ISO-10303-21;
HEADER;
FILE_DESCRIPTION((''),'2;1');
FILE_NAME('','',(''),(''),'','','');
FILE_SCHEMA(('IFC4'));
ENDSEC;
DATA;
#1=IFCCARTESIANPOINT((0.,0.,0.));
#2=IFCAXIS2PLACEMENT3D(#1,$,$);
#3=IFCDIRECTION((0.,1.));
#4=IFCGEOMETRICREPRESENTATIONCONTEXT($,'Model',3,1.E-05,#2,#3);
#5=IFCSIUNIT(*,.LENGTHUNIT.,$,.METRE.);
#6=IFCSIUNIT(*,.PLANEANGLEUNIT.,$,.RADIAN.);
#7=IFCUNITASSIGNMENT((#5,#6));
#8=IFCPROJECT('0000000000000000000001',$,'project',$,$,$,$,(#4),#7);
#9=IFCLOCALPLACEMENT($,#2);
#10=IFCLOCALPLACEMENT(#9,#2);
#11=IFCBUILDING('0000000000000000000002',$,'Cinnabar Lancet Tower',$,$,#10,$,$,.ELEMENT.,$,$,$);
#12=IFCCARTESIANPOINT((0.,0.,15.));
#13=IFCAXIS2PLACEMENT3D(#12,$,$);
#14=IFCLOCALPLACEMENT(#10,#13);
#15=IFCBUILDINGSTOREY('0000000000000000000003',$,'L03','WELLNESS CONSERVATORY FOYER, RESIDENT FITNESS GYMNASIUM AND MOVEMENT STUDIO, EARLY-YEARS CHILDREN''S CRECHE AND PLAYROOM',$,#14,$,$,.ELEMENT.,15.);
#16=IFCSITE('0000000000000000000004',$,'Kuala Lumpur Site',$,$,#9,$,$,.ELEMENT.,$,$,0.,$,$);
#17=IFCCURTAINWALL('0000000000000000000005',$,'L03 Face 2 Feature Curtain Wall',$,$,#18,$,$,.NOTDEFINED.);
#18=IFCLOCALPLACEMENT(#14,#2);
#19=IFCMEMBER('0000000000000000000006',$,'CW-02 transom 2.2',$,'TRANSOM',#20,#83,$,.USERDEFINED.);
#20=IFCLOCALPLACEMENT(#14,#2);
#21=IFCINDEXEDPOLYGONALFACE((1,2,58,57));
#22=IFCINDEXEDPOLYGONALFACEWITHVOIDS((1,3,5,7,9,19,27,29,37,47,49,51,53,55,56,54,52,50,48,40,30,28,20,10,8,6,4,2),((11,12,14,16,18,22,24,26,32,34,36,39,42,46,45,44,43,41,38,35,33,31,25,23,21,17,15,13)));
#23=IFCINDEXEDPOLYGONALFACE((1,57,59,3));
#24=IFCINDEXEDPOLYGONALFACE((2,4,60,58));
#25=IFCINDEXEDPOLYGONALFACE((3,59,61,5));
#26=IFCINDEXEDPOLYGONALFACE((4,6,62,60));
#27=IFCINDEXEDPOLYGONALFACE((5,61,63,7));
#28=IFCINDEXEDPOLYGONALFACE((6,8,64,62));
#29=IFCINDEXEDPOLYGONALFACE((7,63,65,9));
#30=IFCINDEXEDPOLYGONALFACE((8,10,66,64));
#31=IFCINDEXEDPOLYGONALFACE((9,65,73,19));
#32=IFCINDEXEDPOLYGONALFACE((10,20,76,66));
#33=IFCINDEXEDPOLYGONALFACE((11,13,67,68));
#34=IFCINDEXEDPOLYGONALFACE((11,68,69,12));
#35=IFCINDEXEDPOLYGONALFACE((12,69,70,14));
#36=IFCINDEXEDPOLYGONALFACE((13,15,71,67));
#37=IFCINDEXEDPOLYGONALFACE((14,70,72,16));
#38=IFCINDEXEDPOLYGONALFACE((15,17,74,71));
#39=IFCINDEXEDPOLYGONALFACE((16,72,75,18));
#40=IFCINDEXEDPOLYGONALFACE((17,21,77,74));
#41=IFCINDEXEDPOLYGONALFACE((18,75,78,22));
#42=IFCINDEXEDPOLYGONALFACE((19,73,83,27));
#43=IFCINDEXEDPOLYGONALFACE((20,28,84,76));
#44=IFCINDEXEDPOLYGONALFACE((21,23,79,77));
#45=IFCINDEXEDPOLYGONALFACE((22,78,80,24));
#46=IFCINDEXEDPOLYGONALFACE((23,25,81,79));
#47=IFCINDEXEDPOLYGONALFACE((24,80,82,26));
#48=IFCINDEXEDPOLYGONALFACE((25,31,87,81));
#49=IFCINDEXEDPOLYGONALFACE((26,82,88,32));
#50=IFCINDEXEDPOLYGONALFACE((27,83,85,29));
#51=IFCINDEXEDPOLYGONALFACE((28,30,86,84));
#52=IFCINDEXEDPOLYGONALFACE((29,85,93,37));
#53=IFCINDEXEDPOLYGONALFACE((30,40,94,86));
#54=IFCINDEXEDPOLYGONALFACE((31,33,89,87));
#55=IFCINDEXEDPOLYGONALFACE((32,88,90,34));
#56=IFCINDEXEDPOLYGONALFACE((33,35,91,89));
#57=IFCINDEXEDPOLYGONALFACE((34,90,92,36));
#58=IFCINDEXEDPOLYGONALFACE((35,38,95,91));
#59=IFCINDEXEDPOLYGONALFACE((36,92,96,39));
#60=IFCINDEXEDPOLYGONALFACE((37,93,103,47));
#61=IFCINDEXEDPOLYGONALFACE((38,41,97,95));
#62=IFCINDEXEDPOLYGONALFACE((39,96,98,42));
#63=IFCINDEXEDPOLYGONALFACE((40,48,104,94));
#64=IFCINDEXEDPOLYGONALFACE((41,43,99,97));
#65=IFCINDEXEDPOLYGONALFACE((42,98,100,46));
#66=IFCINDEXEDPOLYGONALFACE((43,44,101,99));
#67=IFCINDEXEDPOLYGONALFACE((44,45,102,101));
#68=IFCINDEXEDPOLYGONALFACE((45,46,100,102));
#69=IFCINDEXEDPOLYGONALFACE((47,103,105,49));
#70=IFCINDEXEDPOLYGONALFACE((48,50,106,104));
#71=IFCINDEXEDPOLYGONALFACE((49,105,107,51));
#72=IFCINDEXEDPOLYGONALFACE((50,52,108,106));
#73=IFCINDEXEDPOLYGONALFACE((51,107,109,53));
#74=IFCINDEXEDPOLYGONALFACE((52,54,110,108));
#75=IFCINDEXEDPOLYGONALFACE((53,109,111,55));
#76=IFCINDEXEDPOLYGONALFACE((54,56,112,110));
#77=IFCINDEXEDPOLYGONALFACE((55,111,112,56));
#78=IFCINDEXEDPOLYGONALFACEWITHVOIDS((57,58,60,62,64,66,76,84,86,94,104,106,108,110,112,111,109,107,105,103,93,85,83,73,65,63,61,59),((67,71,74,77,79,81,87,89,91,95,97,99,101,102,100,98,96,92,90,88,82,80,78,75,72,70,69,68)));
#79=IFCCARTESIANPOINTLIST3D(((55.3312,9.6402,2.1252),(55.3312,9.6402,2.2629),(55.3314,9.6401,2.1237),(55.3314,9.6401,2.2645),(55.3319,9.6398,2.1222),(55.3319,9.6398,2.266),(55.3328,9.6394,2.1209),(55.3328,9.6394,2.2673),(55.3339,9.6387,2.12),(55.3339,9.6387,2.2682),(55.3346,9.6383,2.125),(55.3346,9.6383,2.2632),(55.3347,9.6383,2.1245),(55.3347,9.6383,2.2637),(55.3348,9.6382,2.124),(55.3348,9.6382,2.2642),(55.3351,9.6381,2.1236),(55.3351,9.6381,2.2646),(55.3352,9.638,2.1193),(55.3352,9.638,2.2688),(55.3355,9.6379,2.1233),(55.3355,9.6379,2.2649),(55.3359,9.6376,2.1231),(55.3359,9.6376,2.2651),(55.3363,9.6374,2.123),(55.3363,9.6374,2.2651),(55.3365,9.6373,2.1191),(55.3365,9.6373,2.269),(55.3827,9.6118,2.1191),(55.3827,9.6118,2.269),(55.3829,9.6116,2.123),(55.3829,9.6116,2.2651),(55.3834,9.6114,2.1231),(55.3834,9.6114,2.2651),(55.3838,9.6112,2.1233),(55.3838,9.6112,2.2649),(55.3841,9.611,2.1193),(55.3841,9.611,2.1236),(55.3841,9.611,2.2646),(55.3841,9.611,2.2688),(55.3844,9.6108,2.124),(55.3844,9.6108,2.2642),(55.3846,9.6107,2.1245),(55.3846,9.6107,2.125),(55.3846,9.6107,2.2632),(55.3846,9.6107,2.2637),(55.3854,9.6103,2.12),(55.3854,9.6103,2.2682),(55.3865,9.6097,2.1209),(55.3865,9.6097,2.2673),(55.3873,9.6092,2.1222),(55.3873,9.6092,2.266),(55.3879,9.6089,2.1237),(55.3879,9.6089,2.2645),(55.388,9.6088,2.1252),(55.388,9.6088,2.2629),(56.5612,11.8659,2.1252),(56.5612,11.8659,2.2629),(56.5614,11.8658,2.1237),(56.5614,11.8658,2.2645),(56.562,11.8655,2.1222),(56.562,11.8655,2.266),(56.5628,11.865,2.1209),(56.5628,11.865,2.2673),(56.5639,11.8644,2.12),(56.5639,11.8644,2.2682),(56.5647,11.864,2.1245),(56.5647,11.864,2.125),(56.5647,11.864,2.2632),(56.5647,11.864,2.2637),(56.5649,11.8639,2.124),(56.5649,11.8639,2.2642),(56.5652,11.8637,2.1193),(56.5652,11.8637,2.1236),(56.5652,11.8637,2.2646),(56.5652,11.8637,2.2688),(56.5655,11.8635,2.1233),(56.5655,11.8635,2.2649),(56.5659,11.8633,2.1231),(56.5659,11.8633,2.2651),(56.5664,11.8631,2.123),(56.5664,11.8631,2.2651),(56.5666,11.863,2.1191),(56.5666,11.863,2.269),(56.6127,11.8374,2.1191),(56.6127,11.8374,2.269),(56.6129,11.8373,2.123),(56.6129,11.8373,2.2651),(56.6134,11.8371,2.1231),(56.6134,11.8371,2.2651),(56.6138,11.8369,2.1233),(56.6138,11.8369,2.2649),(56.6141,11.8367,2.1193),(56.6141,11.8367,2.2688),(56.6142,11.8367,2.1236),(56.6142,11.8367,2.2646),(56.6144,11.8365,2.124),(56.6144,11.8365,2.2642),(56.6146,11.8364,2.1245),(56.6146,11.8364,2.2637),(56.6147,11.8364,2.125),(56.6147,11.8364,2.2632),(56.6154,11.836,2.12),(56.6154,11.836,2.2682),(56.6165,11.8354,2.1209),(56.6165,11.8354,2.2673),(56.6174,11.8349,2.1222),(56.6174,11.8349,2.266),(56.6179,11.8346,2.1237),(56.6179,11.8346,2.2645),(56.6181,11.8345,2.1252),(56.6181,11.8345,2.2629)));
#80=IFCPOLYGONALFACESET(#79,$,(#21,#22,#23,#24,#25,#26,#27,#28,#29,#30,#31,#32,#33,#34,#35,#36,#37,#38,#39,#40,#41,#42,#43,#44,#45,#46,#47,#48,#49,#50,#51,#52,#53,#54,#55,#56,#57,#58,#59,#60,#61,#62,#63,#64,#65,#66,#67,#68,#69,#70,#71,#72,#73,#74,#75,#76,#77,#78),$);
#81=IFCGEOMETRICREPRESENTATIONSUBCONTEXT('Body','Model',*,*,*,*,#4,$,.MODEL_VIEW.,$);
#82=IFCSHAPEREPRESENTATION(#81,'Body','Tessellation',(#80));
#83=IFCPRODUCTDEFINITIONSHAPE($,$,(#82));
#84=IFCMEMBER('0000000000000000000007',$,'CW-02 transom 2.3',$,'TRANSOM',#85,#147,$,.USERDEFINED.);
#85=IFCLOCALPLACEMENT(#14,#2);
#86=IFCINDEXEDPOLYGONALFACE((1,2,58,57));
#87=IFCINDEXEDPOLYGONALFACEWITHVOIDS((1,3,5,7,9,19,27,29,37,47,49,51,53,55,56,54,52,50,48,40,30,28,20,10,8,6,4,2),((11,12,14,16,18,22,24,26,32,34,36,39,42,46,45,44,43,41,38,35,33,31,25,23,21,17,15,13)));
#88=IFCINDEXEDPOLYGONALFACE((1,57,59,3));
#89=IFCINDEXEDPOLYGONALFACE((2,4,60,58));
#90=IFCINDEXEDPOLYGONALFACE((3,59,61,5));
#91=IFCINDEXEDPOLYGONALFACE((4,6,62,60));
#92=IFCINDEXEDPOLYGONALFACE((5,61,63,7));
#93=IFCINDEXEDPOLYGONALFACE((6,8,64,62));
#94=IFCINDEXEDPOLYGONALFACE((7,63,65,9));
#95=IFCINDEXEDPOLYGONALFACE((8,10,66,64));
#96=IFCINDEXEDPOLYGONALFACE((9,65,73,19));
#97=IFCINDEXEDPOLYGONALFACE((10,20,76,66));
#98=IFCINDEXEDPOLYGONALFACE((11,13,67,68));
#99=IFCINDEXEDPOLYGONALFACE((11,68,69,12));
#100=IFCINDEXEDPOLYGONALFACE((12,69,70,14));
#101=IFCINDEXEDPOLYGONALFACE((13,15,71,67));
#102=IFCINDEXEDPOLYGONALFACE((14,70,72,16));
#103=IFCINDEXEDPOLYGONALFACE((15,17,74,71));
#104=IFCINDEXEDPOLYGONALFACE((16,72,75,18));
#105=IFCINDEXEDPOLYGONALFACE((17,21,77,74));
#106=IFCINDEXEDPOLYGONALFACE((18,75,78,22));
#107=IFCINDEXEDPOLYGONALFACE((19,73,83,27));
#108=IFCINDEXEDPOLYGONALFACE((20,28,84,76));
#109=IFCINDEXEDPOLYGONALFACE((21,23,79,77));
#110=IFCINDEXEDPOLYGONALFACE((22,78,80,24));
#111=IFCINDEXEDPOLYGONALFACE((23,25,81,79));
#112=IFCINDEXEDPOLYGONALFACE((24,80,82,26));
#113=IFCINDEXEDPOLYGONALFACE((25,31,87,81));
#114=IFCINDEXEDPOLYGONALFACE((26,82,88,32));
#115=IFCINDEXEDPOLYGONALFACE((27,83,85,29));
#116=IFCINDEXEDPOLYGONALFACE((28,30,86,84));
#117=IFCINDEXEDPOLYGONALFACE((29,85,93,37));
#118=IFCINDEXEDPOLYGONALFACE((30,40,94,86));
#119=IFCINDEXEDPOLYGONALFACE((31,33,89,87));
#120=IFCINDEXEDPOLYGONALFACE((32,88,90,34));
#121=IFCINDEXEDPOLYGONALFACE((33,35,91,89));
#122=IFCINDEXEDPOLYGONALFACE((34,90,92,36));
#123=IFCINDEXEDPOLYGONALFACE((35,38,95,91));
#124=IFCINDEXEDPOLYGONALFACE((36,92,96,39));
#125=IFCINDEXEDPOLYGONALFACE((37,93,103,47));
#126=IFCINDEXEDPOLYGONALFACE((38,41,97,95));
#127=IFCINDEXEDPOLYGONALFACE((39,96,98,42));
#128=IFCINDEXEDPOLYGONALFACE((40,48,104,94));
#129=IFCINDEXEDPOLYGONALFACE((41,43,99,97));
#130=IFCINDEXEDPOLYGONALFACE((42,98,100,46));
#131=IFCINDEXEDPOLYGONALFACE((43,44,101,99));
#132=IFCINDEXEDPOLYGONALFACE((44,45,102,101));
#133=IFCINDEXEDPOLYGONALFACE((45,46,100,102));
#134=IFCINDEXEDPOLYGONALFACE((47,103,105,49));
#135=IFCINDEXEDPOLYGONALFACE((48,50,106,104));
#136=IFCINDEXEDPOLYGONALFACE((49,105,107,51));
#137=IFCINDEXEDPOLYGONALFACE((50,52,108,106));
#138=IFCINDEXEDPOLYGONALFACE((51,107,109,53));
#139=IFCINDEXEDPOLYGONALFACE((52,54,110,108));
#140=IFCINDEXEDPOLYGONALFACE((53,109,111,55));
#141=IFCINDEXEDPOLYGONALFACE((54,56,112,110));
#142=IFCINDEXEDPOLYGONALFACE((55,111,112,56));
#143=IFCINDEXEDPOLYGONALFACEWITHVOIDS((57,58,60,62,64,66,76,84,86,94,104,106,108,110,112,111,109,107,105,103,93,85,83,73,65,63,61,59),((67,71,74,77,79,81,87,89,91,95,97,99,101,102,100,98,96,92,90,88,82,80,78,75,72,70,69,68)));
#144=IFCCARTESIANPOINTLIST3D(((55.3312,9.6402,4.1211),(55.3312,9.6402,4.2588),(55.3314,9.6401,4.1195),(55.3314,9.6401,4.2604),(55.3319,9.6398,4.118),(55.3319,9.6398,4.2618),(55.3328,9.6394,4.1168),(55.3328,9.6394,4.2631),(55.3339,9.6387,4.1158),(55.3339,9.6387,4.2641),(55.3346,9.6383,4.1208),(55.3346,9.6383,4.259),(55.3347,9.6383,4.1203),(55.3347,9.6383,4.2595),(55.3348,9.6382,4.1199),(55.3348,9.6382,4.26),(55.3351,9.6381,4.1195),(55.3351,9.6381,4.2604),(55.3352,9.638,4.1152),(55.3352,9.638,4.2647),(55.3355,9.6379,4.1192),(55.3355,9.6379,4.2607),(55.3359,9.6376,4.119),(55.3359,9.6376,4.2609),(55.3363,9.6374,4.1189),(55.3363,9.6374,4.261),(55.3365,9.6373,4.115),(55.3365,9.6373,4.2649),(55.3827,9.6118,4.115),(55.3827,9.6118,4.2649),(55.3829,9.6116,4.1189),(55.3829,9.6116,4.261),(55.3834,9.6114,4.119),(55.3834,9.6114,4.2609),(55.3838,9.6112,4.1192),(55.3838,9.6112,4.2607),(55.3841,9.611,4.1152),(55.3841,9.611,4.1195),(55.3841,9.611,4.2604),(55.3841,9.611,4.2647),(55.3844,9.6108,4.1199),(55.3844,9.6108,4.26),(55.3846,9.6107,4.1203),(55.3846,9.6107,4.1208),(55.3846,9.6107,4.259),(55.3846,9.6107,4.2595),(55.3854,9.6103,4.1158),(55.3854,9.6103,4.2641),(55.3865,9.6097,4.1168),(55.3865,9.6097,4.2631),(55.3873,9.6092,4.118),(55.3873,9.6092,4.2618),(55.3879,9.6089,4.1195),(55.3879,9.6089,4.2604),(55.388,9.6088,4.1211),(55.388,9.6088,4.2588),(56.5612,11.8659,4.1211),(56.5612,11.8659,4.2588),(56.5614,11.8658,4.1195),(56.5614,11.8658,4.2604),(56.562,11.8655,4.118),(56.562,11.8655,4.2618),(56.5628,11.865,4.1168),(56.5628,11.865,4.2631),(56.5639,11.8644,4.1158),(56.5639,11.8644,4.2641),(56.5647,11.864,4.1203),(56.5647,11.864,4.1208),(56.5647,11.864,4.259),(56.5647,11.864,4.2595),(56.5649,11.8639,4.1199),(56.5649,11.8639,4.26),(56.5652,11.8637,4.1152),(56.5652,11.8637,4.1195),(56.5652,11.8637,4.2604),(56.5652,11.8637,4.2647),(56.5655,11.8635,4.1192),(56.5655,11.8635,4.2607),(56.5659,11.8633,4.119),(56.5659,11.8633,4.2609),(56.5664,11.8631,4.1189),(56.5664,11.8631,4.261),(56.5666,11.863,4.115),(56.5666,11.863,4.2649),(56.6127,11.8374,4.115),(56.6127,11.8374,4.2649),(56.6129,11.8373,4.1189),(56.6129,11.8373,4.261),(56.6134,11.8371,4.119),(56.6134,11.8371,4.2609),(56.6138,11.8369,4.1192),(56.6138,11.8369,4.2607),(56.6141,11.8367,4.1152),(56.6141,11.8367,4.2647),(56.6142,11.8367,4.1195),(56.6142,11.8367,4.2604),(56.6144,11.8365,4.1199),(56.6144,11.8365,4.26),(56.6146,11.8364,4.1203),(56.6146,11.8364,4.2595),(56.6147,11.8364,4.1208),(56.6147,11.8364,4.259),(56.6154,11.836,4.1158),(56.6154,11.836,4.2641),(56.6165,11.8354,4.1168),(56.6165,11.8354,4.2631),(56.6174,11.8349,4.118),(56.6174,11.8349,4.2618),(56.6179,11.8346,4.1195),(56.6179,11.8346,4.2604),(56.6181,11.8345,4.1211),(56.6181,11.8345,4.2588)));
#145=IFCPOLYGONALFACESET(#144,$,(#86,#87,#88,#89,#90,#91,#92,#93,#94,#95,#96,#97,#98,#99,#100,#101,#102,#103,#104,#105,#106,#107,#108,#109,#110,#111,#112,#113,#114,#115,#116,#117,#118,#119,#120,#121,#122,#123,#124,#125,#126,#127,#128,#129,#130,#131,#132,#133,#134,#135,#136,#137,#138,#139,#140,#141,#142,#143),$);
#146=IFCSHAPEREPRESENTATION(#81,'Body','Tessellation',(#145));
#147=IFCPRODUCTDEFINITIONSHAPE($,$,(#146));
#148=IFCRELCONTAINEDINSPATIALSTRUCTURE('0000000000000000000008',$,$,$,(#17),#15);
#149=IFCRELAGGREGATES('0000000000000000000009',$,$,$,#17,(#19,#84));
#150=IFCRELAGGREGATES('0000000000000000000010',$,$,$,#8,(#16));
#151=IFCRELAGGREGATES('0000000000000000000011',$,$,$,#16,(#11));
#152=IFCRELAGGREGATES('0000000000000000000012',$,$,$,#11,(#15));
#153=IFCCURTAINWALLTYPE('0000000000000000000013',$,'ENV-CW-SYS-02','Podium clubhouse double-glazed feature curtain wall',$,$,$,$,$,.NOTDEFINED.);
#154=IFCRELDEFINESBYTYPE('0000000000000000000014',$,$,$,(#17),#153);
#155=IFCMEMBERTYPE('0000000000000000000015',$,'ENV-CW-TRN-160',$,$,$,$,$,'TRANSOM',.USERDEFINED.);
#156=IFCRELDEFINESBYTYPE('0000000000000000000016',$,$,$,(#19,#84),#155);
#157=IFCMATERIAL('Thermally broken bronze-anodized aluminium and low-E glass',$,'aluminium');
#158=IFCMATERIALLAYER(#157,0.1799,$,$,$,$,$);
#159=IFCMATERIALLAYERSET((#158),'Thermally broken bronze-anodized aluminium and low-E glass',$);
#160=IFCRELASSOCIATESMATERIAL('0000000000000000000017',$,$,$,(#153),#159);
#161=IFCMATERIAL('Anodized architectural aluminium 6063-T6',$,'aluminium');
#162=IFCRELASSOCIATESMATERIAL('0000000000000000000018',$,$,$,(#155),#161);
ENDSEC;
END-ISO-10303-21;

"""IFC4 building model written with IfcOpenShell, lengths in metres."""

from ifc_helpers import new_model, si_unit, direction, frame, origin, origin_2d, place, context, subcontext, project, spatial, hollow_rectangle, extrude, material, layer, layer_set, material_profile, profile_set, type_object, element, aggregate, save


model = new_model("IFC4")

# Units and contexts
model_context = context("Model", 3, precision=1e-05, world=origin(), true_north=direction((0.0, 1.0)))
body_context = subcontext(model_context, "Body", "Model", "MODEL_VIEW")
ifc_project = project(units=[si_unit("LENGTHUNIT", "METRE"), si_unit("PLANEANGLEUNIT", "RADIAN")], contexts=[model_context])

# Site, building, storey
site_placement = place(None, origin())
site = spatial("IfcSite", under=ifc_project, at=site_placement, Name="Kuala Lumpur Site", CompositionType="ELEMENT", RefElevation=0.0)
building_placement = place(site_placement, origin())
building = spatial("IfcBuilding", under=site, at=building_placement, Name="Cinnabar Lancet Tower", CompositionType="ELEMENT")
storey_placement = place(building_placement, frame((0.0, 0.0, 15.0)))
storey = spatial("IfcBuildingStorey", under=building, at=storey_placement, Name="L03", Description="WELLNESS CONSERVATORY FOYER, RESIDENT FITNESS GYMNASIUM AND MOVEMENT STUDIO, EARLY-YEARS CHILDREN'S CRECHE AND PLAYROOM", CompositionType="ELEMENT", Elevation=15.0)

# Curtain wall, members
ifc_material_1 = material(Name="Thermally broken bronze-anodized aluminium and low-E glass", Category="aluminium")
ifc_layer_1 = layer(ifc_material_1, 0.1799)
ifc_layer_set_1 = layer_set([ifc_layer_1], Name="Thermally broken bronze-anodized aluminium and low-E glass")
curtain_wall_type = type_object("IfcCurtainWallType", Name="ENV-CW-SYS-02", Description="Podium clubhouse double-glazed feature curtain wall", PredefinedType="NOTDEFINED", material=ifc_layer_set_1)
curtain_wall_placement = place(storey_placement, origin())
curtain_wall = element("IfcCurtainWall", 1, at=curtain_wall_placement, inside=storey, type_object=curtain_wall_type, Name="L03 Face 2 Feature Curtain Wall", PredefinedType="NOTDEFINED")
ifc_material_2 = material(Name="Anodized architectural aluminium 6063-T6", Category="aluminium")
ifc_material_profile_1 = material_profile(ifc_material_2, hollow_rectangle(XDim=0.0649, YDim=0.1499, WallThickness=0.0039, InnerFilletRadius=0.002, OuterFilletRadius=0.0061, at=origin_2d()), Name="CW-TRN 150x65x4")
ifc_profile_set_1 = profile_set([ifc_material_profile_1], Name="Anodized architectural aluminium 6063-T6")
member_type_1 = type_object("IfcMemberType", Name="ENV-CW-TRN-160", ElementType="TRANSOM", PredefinedType="USERDEFINED", material=ifc_profile_set_1)
member_1_placement = place(storey_placement, frame((55.3596, 9.6245, 2.1941), z_axis=(0.483702, 0.875233, 0.0), x_axis=(-0.875233, 0.483702, 0.0)))
member_1 = element("IfcMember", 2, at=member_1_placement, type_object=member_type_1, Name="CW-02 transom 2.2", ObjectType="TRANSOM", PredefinedType="USERDEFINED", context=body_context, shape_type="SweptSolid", body=[
    extrude(hollow_rectangle(XDim=0.0649, YDim=0.1499, WallThickness=0.0039, InnerFilletRadius=0.002, OuterFilletRadius=0.0061, at=origin_2d()), origin(), (0.0, 0.0, 1.0), 2.543),
])
member_2_placement = place(storey_placement, frame((55.3596, 9.6245, 4.1899), z_axis=(0.483702, 0.875233, 0.0), x_axis=(-0.875233, 0.483702, 0.0)))
member_2 = element("IfcMember", 3, at=member_2_placement, type_object=member_type_1, Name="CW-02 transom 2.3", ObjectType="TRANSOM", PredefinedType="USERDEFINED", context=body_context, shape_type="SweptSolid", body=[
    extrude(hollow_rectangle(XDim=0.0649, YDim=0.1499, WallThickness=0.0039, InnerFilletRadius=0.002, OuterFilletRadius=0.0061, at=origin_2d()), origin(), (0.0, 0.0, 1.0), 2.543),
])
aggregate(curtain_wall, [member_1, member_2])

save(model, "model.ifc")
